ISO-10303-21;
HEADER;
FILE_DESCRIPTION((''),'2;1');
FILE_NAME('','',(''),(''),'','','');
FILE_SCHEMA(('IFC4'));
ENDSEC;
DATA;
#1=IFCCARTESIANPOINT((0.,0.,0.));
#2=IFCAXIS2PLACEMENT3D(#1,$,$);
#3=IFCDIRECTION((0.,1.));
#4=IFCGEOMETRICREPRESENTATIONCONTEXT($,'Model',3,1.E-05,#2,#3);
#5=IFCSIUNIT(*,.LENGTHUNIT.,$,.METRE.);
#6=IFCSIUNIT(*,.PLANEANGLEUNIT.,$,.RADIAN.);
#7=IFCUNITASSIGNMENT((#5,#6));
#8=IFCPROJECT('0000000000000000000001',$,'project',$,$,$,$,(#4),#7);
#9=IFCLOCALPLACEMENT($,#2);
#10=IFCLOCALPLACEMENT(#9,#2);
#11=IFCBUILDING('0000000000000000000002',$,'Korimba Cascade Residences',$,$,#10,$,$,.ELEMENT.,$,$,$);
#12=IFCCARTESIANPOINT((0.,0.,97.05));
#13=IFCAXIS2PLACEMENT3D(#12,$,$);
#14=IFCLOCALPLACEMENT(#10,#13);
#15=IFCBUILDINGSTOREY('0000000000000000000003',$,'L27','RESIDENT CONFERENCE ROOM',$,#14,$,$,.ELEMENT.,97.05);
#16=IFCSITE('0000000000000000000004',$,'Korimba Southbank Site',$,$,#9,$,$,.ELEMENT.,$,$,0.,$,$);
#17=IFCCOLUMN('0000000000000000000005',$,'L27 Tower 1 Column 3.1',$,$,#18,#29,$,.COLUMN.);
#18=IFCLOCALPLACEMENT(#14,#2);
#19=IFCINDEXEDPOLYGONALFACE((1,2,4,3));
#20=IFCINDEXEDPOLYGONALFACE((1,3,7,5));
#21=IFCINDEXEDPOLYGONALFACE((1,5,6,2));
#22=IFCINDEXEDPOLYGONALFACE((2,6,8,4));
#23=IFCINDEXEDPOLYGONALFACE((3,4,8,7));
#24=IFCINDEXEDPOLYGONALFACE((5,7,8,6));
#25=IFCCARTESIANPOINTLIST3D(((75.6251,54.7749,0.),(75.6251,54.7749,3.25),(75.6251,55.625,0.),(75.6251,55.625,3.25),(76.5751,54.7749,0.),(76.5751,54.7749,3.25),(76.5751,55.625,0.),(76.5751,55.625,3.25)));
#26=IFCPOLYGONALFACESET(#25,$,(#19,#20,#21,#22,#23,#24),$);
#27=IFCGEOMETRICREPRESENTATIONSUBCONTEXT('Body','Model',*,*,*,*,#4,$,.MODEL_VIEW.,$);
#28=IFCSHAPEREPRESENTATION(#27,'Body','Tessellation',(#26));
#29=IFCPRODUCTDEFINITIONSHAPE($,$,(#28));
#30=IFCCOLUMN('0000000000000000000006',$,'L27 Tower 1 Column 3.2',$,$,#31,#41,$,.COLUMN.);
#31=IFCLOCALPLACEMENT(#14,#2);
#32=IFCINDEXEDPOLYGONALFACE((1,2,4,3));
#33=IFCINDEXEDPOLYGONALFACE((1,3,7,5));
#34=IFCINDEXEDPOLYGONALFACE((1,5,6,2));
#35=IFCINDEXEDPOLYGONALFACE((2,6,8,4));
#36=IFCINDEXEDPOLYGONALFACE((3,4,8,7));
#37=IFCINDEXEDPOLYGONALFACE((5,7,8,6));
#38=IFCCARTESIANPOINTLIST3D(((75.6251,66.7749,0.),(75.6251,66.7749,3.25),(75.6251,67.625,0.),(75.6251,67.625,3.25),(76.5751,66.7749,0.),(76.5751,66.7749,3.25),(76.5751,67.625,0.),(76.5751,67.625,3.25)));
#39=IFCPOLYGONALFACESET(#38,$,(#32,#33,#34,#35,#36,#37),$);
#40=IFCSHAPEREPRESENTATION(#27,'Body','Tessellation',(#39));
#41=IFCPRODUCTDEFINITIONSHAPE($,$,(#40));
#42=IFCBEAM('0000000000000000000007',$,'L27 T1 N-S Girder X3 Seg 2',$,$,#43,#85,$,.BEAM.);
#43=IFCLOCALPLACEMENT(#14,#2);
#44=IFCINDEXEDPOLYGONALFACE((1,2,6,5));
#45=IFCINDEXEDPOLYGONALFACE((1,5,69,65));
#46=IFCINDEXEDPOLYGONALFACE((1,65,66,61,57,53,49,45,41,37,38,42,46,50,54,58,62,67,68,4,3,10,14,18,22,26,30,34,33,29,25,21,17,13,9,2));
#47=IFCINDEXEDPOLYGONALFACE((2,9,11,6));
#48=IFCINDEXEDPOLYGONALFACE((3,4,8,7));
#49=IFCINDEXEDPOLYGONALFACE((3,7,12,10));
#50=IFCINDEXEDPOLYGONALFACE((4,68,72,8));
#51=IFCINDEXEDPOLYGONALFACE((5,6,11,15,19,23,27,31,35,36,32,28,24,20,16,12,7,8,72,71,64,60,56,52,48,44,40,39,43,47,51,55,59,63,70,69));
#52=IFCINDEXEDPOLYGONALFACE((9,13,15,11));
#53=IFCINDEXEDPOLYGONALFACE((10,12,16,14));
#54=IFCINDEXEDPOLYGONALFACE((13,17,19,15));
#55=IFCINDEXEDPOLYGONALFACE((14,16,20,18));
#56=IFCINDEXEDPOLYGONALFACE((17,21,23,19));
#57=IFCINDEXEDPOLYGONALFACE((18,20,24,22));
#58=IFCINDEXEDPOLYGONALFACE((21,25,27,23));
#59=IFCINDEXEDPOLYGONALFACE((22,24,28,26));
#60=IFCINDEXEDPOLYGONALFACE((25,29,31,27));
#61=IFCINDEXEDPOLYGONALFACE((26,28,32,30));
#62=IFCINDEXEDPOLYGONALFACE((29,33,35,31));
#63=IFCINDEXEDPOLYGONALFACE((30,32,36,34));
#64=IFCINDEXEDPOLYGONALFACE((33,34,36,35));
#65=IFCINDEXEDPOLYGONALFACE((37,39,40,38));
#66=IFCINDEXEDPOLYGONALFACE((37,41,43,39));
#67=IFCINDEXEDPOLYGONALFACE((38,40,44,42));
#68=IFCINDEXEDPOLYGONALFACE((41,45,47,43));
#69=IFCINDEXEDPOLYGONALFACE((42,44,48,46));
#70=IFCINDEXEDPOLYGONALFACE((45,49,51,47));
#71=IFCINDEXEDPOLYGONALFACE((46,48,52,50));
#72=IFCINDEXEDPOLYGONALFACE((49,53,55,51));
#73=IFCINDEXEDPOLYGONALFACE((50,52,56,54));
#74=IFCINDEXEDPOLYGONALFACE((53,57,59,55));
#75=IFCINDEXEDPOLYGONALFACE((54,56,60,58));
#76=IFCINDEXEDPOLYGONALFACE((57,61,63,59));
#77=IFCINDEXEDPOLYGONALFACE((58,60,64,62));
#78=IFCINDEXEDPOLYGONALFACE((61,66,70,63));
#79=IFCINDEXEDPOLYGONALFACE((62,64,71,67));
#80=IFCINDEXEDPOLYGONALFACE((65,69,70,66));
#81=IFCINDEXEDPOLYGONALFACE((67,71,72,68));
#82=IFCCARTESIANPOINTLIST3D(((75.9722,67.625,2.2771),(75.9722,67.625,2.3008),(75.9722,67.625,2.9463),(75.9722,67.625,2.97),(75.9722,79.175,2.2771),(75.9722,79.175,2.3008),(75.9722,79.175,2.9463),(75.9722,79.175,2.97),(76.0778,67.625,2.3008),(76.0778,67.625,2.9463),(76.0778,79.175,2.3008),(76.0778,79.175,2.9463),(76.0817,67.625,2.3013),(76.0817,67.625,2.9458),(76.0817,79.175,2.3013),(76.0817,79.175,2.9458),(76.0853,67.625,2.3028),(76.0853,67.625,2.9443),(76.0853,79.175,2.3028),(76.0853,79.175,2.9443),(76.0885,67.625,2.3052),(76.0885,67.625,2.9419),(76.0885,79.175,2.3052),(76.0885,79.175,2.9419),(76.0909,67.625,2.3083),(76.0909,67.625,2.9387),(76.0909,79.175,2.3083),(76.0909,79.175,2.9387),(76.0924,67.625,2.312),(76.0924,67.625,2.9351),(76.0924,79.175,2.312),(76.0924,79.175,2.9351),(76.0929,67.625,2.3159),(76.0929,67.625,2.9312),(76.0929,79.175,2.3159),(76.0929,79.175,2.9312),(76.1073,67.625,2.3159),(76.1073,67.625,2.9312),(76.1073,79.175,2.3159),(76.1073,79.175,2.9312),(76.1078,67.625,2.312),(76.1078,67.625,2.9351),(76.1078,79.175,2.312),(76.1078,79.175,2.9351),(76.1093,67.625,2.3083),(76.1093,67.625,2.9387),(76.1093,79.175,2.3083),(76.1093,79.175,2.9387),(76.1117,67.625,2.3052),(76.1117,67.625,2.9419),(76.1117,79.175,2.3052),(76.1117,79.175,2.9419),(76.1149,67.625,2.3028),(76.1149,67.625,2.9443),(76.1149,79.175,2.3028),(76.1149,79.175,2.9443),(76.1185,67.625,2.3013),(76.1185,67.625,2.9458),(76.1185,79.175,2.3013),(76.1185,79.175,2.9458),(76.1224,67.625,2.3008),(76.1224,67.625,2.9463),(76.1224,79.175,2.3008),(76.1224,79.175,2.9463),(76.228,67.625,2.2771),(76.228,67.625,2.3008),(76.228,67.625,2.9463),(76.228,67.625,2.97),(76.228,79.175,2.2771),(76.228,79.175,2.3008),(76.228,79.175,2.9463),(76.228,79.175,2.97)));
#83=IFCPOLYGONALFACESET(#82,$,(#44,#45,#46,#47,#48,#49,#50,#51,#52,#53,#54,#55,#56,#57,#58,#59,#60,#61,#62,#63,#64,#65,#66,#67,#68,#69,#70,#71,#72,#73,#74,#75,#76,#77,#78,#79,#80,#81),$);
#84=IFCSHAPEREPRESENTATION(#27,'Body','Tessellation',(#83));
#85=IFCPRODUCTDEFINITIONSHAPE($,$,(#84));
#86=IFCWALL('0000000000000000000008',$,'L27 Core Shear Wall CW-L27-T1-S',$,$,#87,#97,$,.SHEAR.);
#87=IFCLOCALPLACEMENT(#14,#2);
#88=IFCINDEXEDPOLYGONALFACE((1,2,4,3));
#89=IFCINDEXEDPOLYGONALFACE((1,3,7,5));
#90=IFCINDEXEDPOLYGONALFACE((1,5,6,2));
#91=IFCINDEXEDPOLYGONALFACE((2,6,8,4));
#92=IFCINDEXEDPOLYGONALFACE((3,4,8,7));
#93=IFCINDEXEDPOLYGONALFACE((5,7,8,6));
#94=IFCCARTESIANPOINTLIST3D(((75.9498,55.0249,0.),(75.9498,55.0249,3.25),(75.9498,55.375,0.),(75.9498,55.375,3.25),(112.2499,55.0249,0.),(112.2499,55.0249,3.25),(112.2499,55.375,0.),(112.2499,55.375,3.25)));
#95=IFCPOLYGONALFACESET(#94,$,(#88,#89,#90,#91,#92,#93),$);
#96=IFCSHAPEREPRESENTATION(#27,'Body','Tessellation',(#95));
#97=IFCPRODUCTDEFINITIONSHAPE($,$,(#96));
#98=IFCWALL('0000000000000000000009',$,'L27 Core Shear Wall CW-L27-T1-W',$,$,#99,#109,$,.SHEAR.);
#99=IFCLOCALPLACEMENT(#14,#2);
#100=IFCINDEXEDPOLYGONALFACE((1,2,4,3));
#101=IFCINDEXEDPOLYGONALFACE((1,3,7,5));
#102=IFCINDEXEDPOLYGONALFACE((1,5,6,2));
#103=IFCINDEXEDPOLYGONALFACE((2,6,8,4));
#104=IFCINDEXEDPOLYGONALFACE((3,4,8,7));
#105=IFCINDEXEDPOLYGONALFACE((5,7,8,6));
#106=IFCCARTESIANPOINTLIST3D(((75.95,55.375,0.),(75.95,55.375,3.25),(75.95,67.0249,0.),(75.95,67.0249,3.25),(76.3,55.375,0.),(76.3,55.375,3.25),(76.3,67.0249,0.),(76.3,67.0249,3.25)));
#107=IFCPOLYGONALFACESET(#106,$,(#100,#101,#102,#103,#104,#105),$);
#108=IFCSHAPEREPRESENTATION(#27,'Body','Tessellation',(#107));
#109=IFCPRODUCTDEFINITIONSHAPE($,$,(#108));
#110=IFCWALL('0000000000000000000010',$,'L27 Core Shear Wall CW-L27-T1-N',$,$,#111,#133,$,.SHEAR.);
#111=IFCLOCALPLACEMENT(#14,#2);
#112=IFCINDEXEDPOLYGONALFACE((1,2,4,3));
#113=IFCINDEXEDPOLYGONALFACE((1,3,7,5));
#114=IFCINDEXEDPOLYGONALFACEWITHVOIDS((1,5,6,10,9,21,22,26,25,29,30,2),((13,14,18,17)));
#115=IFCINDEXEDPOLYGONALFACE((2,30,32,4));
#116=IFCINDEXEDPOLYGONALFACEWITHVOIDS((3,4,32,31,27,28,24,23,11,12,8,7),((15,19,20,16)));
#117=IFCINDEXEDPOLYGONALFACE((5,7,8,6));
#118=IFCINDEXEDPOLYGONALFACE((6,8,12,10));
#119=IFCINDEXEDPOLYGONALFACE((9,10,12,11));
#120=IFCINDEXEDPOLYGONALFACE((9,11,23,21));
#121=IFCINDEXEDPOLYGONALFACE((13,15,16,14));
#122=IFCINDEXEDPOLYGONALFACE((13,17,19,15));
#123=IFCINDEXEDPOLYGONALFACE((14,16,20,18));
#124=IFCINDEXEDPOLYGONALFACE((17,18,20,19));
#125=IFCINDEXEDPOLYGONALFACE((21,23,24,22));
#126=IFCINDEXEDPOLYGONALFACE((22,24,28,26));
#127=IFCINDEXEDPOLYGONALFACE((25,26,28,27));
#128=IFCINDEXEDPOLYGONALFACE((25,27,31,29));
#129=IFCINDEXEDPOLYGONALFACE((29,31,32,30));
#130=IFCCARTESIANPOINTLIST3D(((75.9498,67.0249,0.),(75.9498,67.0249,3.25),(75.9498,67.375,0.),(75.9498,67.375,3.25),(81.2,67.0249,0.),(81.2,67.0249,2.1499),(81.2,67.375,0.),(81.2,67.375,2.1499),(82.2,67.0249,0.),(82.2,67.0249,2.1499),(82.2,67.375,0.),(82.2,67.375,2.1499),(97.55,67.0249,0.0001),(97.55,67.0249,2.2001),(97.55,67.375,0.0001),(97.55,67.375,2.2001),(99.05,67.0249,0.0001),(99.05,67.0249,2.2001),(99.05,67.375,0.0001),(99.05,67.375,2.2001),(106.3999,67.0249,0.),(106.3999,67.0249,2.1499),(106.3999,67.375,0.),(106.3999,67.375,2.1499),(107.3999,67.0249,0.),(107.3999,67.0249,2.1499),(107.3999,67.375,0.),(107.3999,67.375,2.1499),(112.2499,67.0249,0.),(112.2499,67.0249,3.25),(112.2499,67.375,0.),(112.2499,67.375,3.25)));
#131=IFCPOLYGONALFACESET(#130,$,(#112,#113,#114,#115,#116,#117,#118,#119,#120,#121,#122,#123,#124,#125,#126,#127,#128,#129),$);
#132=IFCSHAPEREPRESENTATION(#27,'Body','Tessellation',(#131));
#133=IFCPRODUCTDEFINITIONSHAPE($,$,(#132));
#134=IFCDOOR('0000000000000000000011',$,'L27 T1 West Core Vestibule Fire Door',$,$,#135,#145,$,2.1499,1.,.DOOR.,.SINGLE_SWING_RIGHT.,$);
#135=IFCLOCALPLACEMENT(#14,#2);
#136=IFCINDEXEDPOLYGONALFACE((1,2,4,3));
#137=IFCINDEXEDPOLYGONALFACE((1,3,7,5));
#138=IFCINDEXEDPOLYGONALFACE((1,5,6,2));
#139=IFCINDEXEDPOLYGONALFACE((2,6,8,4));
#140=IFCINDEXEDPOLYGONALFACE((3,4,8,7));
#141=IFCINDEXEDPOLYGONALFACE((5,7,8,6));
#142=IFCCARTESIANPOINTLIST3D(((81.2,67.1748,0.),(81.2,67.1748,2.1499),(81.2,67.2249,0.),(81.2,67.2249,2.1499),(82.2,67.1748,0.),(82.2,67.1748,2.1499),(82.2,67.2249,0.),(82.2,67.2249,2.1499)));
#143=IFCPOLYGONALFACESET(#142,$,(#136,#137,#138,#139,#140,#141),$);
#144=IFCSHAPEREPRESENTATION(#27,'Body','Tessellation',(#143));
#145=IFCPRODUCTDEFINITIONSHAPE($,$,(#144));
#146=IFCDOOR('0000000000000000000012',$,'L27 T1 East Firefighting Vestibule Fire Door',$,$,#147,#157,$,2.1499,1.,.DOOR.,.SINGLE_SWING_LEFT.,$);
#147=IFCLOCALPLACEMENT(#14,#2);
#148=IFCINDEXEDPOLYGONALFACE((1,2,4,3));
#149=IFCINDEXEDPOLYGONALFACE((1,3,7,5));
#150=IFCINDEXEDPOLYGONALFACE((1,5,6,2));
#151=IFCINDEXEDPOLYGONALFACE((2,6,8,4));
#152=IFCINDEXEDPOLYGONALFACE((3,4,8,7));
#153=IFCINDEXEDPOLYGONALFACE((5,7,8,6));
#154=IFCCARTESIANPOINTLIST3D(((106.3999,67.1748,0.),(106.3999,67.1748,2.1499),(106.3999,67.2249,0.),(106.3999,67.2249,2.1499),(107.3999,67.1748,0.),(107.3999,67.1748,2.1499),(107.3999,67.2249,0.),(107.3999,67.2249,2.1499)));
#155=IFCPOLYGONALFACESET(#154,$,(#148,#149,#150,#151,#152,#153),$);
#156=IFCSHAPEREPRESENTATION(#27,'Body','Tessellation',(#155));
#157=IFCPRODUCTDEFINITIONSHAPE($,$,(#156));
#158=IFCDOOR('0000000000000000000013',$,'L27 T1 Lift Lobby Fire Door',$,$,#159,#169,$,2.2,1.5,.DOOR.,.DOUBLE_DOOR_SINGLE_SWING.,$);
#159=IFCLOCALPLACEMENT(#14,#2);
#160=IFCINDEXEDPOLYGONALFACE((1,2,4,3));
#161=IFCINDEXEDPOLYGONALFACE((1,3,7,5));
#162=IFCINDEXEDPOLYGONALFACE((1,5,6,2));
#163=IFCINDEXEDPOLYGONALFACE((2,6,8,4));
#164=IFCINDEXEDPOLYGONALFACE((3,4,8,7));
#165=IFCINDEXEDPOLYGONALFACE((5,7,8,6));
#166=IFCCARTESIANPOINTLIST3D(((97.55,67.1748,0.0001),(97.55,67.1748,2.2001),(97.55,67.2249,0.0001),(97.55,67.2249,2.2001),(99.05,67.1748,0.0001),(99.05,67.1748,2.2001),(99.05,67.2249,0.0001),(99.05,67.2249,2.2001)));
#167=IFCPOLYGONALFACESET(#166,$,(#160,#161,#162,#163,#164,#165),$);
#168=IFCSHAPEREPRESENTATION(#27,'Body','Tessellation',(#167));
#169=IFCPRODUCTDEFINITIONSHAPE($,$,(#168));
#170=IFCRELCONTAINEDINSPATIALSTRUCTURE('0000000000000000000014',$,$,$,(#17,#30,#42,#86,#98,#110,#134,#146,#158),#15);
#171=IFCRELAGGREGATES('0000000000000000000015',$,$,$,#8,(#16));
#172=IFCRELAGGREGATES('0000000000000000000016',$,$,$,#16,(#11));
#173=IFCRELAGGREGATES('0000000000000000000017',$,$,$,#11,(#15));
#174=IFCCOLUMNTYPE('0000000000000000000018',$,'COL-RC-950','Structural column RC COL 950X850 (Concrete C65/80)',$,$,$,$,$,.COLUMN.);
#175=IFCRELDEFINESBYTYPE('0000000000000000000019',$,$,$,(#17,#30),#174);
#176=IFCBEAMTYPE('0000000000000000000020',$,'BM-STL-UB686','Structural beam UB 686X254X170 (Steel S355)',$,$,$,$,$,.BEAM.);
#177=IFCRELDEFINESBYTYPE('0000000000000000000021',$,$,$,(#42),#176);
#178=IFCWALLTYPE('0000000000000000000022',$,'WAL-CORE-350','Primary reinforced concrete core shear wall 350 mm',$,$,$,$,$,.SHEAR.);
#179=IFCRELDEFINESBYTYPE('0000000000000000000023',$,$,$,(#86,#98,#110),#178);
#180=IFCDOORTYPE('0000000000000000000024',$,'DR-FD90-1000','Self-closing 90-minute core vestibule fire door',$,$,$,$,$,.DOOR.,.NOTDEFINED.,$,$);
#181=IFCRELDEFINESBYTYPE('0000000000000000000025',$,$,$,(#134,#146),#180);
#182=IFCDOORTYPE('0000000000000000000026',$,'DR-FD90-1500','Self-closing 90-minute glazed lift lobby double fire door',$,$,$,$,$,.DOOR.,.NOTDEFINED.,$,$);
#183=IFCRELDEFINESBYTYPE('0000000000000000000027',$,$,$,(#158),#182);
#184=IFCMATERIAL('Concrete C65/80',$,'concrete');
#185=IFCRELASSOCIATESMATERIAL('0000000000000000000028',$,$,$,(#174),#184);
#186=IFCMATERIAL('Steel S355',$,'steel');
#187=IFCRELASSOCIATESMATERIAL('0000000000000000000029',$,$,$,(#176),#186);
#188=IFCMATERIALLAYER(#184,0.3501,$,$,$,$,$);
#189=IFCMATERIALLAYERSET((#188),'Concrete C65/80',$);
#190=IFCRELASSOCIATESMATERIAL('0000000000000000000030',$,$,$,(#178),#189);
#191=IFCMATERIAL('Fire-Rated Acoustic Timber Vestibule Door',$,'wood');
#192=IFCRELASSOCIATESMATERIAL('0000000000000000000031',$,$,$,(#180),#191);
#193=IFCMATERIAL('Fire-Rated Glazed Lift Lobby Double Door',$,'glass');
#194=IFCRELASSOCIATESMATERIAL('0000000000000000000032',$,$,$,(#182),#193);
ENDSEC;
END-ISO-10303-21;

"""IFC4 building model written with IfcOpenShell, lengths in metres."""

from ifc_helpers import new_model, si_unit, direction, frame, frame_2d, origin, origin_2d, place, context, subcontext, project, spatial, rectangle, i_section, extrude, material, layer, layer_set, material_profile, profile_set, type_object, element, fill, save


model = new_model("IFC4")

# Units and contexts
model_context = context("Model", 3, precision=1e-05, world=origin(), true_north=direction((0.0, 1.0)))
body_context = subcontext(model_context, "Body", "Model", "MODEL_VIEW")
ifc_project = project(units=[si_unit("LENGTHUNIT", "METRE"), si_unit("PLANEANGLEUNIT", "RADIAN")], contexts=[model_context])

# Site, building, storey
site_placement = place(None, origin())
site = spatial("IfcSite", under=ifc_project, at=site_placement, Name="Korimba Southbank Site", CompositionType="ELEMENT", RefElevation=0.0)
building_placement = place(site_placement, origin())
building = spatial("IfcBuilding", under=site, at=building_placement, Name="Korimba Cascade Residences", CompositionType="ELEMENT")
storey_placement = place(building_placement, frame((0.0, 0.0, 97.05)))
storey = spatial("IfcBuildingStorey", under=building, at=storey_placement, Name="L27", Description="RESIDENT CONFERENCE ROOM", CompositionType="ELEMENT", Elevation=97.05)

# Columns
ifc_material_1 = material(Name="Concrete C65/80", Category="concrete")
ifc_material_profile_1 = material_profile(ifc_material_1, rectangle(XDim=0.95, YDim=0.8501, at=origin_2d()), Name="Concrete C65/80")
ifc_profile_set_1 = profile_set([ifc_material_profile_1], Name="Concrete C65/80")
column_type = type_object("IfcColumnType", Name="COL-RC-950", Description="Structural column RC COL 950X850 (Concrete C65/80)", PredefinedType="COLUMN", material=ifc_profile_set_1)
for number, where, z_axis, x_axis, name in (
    (1, (76.1001, 55.2, 0.0), (0.0, 0.0, 1.0), (1.0, 0.0, 0.0), "L27 Tower 1 Column 3.1"),
    (2, (76.1001, 67.2, 0.0), (0.0, 0.0, 1.0), (1.0, 0.0, 0.0), "L27 Tower 1 Column 3.2"),
):
    element("IfcColumn", number, at=place(storey_placement, frame(where, z_axis=z_axis, x_axis=x_axis)), inside=storey, type_object=column_type, Name=name, PredefinedType="COLUMN", context=body_context, shape_type="SweptSolid", body=[
        extrude(rectangle(XDim=0.95, YDim=0.8501, at=origin_2d()), origin(), (0.0, 0.0, 1.0), 3.25),
    ])

# Beam
ifc_material_2 = material(Name="Steel S355", Category="steel")
ifc_material_profile_2 = material_profile(ifc_material_2, i_section(OverallWidth=0.2559, OverallDepth=0.6929, WebThickness=0.0144, FlangeThickness=0.0237, FilletRadius=0.0151, at=origin_2d()), Name="Steel S355")
ifc_profile_set_2 = profile_set([ifc_material_profile_2], Name="Steel S355")
beam_type = type_object("IfcBeamType", Name="BM-STL-UB686", Description="Structural beam UB 686X254X170 (Steel S355)", PredefinedType="BEAM", material=ifc_profile_set_2)
beam_placement = place(storey_placement, frame((76.1001, 67.625, 2.6235), z_axis=(0.0, 1.0, 0.0), x_axis=(-1.0, 0.0, 0.0)))
element("IfcBeam", 3, at=beam_placement, inside=storey, type_object=beam_type, Name="L27 T1 N-S Girder X3 Seg 2", PredefinedType="BEAM", context=body_context, shape_type="SweptSolid", body=[
    extrude(i_section(OverallWidth=0.2559, OverallDepth=0.6929, WebThickness=0.0144, FlangeThickness=0.0237, FilletRadius=0.0151, at=origin_2d()), origin(), (0.0, 0.0, 1.0), 11.55),
])

# Walls
ifc_layer_1 = layer(ifc_material_1, 0.3501)
ifc_layer_set_1 = layer_set([ifc_layer_1], Name="Concrete C65/80")
wall_type_1 = type_object("IfcWallType", Name="WAL-CORE-350", Description="Primary reinforced concrete core shear wall 350 mm", PredefinedType="SHEAR", material=ifc_layer_set_1)
wall_1_placement = place(storey_placement, frame((75.95, 55.2, 0.0), z_axis=(0.0, 0.0, 1.0), x_axis=(1.0, 0.0, 0.0)))
element("IfcWall", 4, at=wall_1_placement, inside=storey, type_object=wall_type_1, Name="L27 Core Shear Wall CW-L27-T1-S", PredefinedType="SHEAR", context=body_context, shape_type="SweptSolid", body=[
    extrude(rectangle(XDim=36.3, YDim=0.3501, at=frame_2d((18.1499, 0.0))), origin(), (0.0, 0.0, 1.0), 3.25),
])
wall_2_placement = place(storey_placement, frame((76.125, 55.375, 0.0), z_axis=(0.0, 0.0, 1.0), x_axis=(0.0, 1.0, 0.0)))
element("IfcWall", 5, at=wall_2_placement, inside=storey, type_object=wall_type_1, Name="L27 Core Shear Wall CW-L27-T1-W", PredefinedType="SHEAR", context=body_context, shape_type="SweptSolid", body=[
    extrude(rectangle(XDim=11.6499, YDim=0.3501, at=frame_2d((5.825, 0.0))), origin(), (0.0, 0.0, 1.0), 3.25),
])

# Wall, openings, doors
wall_3_placement = place(storey_placement, frame((75.95, 67.2, 0.0), z_axis=(0.0, 0.0, 1.0), x_axis=(1.0, 0.0, 0.0)))
wall_3 = element("IfcWall", 6, at=wall_3_placement, inside=storey, type_object=wall_type_1, Name="L27 Core Shear Wall CW-L27-T1-N", PredefinedType="SHEAR", context=body_context, shape_type="SweptSolid", body=[
    extrude(rectangle(XDim=36.3, YDim=0.3501, at=frame_2d((18.1499, 0.0))), origin(), (0.0, 0.0, 1.0), 3.25),
])
opening_1_placement = place(wall_3_placement, frame((5.25, 0.0, 0.0)))
opening_1 = element("IfcOpeningElement", 7, at=opening_1_placement, cuts=wall_3, PredefinedType="OPENING", context=body_context, shape_type="SweptSolid", body=[
    extrude(rectangle(XDim=1.0, YDim=2.1499, at=frame_2d((0.5, 1.075))), frame((0.0, 0.1851, 0.0), z_axis=(0.0, -1.0, 0.0), x_axis=(1.0, 0.0, 0.0)), (0.0, 0.0, 1.0), 0.3701),
])
opening_2_placement = place(wall_3_placement, frame((21.6001, 0.0, 0.0)))
opening_2 = element("IfcOpeningElement", 8, at=opening_2_placement, cuts=wall_3, PredefinedType="OPENING", context=body_context, shape_type="SweptSolid", body=[
    extrude(rectangle(XDim=1.5, YDim=2.2, at=frame_2d((0.75, 1.1001))), frame((0.0, 0.1851, 0.0), z_axis=(0.0, -1.0, 0.0), x_axis=(1.0, 0.0, 0.0)), (0.0, 0.0, 1.0), 0.3701),
])
opening_3_placement = place(wall_3_placement, frame((30.45, 0.0, 0.0)))
opening_3 = element("IfcOpeningElement", 9, at=opening_3_placement, cuts=wall_3, PredefinedType="OPENING", context=body_context, shape_type="SweptSolid", body=[
    extrude(rectangle(XDim=1.0, YDim=2.1499, at=frame_2d((0.5, 1.075))), frame((0.0, 0.1851, 0.0), z_axis=(0.0, -1.0, 0.0), x_axis=(1.0, 0.0, 0.0)), (0.0, 0.0, 1.0), 0.3701),
])
ifc_material_3 = material(Name="Fire-Rated Acoustic Timber Vestibule Door", Category="wood")
door_type_1 = type_object("IfcDoorType", Name="DR-FD90-1000", Description="Self-closing 90-minute core vestibule fire door", OperationType="NOTDEFINED", PredefinedType="DOOR", material=ifc_material_3)
door_1_placement = place(opening_1_placement, origin())
door_1 = element("IfcDoor", 10, at=door_1_placement, inside=storey, type_object=door_type_1, Name="L27 T1 West Core Vestibule Fire Door", OperationType="SINGLE_SWING_RIGHT", OverallHeight=2.1499, OverallWidth=1.0, PredefinedType="DOOR", context=body_context, shape_type="SweptSolid", body=[
    extrude(rectangle(XDim=1.0, YDim=2.1499, at=frame_2d((0.5, 1.075))), frame((0.0, 0.0249, 0.0), z_axis=(0.0, -1.0, 0.0), x_axis=(1.0, 0.0, 0.0)), (0.0, 0.0, 1.0), 0.05),
])
fill(opening_1, door_1)
door_2_placement = place(opening_3_placement, origin())
door_2 = element("IfcDoor", 11, at=door_2_placement, inside=storey, type_object=door_type_1, Name="L27 T1 East Firefighting Vestibule Fire Door", OperationType="SINGLE_SWING_LEFT", OverallHeight=2.1499, OverallWidth=1.0, PredefinedType="DOOR", context=body_context, shape_type="SweptSolid", body=[
    extrude(rectangle(XDim=1.0, YDim=2.1499, at=frame_2d((0.5, 1.075))), frame((0.0, 0.0249, 0.0), z_axis=(0.0, -1.0, 0.0), x_axis=(1.0, 0.0, 0.0)), (0.0, 0.0, 1.0), 0.05),
])
fill(opening_3, door_2)
ifc_material_4 = material(Name="Fire-Rated Glazed Lift Lobby Double Door", Category="glass")
door_type_2 = type_object("IfcDoorType", Name="DR-FD90-1500", Description="Self-closing 90-minute glazed lift lobby double fire door", OperationType="NOTDEFINED", PredefinedType="DOOR", material=ifc_material_4)
door_3_placement = place(opening_2_placement, origin())
door_3 = element("IfcDoor", 12, at=door_3_placement, inside=storey, type_object=door_type_2, Name="L27 T1 Lift Lobby Fire Door", OperationType="DOUBLE_DOOR_SINGLE_SWING", OverallHeight=2.2, OverallWidth=1.5, PredefinedType="DOOR", context=body_context, shape_type="SweptSolid", body=[
    extrude(rectangle(XDim=1.5, YDim=2.2, at=frame_2d((0.75, 1.1001))), frame((0.0, 0.0249, 0.0), z_axis=(0.0, -1.0, 0.0), x_axis=(1.0, 0.0, 0.0)), (0.0, 0.0, 1.0), 0.05),
])
fill(opening_2, door_3)

save(model, "model.ifc")
